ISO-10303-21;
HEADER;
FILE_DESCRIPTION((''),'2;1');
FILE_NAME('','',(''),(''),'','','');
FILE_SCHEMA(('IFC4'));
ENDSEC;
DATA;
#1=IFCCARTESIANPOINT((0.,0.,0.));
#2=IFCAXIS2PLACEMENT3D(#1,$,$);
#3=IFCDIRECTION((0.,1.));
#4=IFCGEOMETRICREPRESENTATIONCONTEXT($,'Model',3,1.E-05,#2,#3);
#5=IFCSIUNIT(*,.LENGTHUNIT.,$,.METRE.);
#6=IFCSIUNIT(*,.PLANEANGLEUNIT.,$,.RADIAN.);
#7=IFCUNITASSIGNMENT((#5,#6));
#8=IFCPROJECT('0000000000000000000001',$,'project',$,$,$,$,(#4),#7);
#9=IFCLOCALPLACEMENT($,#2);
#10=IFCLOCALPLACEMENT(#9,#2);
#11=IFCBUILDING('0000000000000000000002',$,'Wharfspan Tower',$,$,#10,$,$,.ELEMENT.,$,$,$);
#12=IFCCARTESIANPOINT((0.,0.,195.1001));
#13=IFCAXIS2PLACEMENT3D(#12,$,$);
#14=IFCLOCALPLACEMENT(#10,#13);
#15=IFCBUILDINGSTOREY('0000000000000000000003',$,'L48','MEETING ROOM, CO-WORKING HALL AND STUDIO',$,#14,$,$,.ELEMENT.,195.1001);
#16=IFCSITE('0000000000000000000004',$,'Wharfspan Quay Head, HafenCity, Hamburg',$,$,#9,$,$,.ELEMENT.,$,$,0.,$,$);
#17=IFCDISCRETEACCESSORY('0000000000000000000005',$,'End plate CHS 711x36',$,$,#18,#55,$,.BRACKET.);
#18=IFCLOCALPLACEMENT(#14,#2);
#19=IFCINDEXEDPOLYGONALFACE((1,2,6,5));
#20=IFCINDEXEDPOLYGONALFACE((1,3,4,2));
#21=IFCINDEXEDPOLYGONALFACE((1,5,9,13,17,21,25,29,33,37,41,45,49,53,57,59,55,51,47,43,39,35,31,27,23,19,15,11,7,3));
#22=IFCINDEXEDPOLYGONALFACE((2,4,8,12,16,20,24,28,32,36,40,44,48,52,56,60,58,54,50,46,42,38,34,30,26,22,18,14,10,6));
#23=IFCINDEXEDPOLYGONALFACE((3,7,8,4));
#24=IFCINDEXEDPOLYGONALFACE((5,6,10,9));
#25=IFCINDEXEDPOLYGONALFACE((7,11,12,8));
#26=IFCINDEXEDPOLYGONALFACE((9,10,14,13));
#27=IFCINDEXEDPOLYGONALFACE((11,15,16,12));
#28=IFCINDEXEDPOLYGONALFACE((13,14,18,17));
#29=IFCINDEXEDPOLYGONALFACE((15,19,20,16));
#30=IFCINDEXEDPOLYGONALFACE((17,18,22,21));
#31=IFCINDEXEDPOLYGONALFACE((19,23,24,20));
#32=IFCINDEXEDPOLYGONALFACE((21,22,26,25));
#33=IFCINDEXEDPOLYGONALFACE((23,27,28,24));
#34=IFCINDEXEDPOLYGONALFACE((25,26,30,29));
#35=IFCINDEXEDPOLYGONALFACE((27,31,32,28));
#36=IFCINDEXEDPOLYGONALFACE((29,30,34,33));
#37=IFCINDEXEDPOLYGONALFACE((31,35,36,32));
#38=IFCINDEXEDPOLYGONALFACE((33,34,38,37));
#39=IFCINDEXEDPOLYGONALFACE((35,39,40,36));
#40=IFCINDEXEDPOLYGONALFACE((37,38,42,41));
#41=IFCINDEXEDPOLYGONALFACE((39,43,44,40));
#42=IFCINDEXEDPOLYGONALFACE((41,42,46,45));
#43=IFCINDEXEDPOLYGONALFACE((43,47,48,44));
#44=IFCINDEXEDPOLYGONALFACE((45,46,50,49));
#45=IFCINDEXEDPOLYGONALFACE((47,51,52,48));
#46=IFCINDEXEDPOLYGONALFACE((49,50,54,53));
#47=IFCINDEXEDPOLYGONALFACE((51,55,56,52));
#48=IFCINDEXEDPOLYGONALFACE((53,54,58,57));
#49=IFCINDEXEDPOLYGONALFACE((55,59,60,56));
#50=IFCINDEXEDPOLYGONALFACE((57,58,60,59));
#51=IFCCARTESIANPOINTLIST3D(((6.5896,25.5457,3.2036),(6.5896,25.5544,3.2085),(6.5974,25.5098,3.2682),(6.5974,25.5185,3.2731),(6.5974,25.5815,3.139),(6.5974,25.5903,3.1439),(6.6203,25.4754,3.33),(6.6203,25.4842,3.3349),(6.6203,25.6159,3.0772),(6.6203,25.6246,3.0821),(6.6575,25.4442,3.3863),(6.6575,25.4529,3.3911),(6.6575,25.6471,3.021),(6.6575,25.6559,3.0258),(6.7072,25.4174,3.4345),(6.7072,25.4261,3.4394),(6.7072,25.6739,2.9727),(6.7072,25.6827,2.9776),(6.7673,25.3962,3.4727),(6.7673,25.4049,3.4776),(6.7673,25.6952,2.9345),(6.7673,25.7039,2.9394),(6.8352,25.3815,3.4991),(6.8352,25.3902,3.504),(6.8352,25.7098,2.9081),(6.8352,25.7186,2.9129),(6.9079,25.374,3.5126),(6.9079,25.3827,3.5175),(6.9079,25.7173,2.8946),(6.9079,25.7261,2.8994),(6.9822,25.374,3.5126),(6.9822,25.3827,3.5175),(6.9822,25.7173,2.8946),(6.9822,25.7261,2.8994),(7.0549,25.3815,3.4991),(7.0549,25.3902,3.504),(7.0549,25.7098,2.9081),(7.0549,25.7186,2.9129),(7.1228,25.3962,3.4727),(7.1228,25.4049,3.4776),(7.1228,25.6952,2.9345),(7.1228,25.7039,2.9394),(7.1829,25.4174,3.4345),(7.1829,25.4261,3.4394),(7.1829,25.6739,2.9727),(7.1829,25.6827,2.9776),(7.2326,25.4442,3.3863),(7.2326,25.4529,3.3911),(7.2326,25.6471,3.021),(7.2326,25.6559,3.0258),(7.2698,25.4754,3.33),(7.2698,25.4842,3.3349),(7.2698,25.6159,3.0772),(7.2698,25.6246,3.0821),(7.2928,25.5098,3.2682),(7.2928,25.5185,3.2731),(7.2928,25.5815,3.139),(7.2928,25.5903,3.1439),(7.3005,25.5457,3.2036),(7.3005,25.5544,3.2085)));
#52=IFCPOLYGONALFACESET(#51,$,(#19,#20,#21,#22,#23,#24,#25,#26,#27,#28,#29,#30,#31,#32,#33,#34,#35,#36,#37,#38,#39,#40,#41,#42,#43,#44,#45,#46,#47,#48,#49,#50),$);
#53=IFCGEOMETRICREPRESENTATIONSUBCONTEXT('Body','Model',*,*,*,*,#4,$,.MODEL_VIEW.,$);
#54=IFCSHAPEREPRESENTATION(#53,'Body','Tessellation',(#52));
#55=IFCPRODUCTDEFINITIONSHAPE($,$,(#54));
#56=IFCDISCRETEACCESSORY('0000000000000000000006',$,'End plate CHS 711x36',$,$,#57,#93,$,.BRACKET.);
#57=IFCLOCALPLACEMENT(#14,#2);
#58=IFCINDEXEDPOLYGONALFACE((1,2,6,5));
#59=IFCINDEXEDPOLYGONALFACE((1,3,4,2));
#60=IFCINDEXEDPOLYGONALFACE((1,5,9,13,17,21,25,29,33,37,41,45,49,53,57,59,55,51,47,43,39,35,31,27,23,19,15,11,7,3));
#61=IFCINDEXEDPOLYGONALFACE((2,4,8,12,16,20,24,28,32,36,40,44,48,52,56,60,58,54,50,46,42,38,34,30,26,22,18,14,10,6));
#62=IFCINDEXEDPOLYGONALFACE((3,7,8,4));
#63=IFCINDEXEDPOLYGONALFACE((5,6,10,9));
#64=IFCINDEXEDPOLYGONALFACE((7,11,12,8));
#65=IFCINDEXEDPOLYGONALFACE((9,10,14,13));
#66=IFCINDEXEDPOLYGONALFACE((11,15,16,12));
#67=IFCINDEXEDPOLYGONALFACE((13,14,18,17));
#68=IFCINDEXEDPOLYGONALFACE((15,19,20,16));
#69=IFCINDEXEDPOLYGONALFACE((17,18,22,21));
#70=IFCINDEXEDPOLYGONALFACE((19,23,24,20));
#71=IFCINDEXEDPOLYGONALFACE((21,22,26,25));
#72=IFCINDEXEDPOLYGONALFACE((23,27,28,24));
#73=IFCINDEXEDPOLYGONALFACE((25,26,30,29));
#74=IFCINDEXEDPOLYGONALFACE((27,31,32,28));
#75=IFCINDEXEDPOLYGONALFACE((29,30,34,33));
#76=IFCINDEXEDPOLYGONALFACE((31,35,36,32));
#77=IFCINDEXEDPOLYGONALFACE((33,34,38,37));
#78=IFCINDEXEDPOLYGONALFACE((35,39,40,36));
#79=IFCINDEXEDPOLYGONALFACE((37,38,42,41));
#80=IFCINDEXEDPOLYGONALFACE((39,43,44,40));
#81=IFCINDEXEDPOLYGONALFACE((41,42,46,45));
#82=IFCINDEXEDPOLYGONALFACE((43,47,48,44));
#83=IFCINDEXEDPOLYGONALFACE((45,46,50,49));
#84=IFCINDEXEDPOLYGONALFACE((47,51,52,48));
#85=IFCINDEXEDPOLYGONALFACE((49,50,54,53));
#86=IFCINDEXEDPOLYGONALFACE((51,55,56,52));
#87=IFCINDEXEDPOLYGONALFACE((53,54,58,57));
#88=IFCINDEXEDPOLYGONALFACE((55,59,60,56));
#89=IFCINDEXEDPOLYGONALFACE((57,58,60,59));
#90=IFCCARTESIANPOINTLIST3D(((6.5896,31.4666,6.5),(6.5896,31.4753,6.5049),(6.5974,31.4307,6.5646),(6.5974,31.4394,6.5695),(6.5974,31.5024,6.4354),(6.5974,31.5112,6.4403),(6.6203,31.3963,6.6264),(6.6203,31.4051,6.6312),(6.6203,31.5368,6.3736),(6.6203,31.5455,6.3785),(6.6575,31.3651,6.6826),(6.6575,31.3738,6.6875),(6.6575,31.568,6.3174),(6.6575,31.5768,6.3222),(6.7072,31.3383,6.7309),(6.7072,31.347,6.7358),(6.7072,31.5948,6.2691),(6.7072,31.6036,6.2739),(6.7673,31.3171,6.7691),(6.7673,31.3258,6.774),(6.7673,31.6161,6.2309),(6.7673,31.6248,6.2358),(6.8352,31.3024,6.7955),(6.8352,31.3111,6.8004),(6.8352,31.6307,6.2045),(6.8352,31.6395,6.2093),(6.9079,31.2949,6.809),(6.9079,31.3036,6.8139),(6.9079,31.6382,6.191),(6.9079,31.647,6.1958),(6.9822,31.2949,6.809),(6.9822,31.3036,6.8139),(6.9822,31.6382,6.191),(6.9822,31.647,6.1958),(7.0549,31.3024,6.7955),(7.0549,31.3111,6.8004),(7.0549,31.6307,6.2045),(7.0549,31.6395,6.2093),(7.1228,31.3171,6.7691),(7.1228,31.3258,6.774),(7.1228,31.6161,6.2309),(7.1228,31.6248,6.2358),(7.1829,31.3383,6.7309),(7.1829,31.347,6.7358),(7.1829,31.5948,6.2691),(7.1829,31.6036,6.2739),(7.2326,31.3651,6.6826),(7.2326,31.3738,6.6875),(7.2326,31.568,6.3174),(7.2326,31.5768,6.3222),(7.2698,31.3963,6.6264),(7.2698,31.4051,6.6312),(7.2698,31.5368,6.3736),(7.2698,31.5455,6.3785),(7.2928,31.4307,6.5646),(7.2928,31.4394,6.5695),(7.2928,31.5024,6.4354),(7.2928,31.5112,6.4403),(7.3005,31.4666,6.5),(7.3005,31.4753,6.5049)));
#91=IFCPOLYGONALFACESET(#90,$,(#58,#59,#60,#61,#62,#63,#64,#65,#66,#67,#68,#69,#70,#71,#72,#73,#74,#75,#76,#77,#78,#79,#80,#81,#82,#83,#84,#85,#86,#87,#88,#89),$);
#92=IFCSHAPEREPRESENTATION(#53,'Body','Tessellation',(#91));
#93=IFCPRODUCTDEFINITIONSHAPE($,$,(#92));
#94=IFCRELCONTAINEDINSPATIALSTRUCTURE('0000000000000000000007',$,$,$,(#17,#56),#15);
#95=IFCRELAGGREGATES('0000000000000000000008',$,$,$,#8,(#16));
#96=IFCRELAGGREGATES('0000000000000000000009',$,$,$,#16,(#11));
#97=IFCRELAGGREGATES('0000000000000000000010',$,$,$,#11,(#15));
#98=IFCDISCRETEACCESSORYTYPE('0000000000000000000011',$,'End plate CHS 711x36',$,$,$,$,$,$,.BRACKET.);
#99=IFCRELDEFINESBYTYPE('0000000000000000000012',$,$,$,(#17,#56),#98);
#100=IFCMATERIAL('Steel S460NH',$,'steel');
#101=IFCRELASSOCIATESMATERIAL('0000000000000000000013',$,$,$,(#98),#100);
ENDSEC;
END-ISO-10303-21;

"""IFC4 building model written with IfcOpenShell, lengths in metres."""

from ifc_helpers import new_model, si_unit, direction, frame, origin, origin_2d, place, context, subcontext, project, spatial, circle, extrude, material, material_profile, profile_set, type_object, element, save


model = new_model("IFC4")

# Units and contexts
model_context = context("Model", 3, precision=1e-05, world=origin(), true_north=direction((0.0, 1.0)))
body_context = subcontext(model_context, "Body", "Model", "MODEL_VIEW")
ifc_project = project(units=[si_unit("LENGTHUNIT", "METRE"), si_unit("PLANEANGLEUNIT", "RADIAN")], contexts=[model_context])

# Site, building, storey
site_placement = place(None, origin())
site = spatial("IfcSite", under=ifc_project, at=site_placement, Name="Wharfspan Quay Head, HafenCity, Hamburg", CompositionType="ELEMENT", RefElevation=0.0)
building_placement = place(site_placement, origin())
building = spatial("IfcBuilding", under=site, at=building_placement, Name="Wharfspan Tower", CompositionType="ELEMENT")
storey_placement = place(building_placement, frame((0.0, 0.0, 195.1001)))
storey = spatial("IfcBuildingStorey", under=building, at=storey_placement, Name="L48", Description="MEETING ROOM, CO-WORKING HALL AND STUDIO", CompositionType="ELEMENT", Elevation=195.1001)

# Shared definitions
ifc_material_1 = material(Name="Steel S460NH", Category="steel")

# Discrete accessories
ifc_material_profile_1 = material_profile(ifc_material_1, circle(Radius=0.3555, at=origin_2d()))
ifc_profile_set_1 = profile_set([ifc_material_profile_1], Name="Steel S460NH")
discrete_accessory_type = type_object("IfcDiscreteAccessoryType", Name="End plate CHS 711x36", PredefinedType="BRACKET", material=ifc_profile_set_1)
for number, where, z_axis, x_axis, name in (
    (1, (6.9451, 25.5457, 3.2036), (0.0, 0.874157, 0.485643), (-1.0, 0.0, 0.0), "End plate CHS 711x36"),
    (2, (6.9451, 31.4666, 6.5), (0.0, 0.874157, 0.485643), (-1.0, 0.0, 0.0), "End plate CHS 711x36"),
):
    element("IfcDiscreteAccessory", number, at=place(storey_placement, frame(where, z_axis=z_axis, x_axis=x_axis)), inside=storey, type_object=discrete_accessory_type, Name=name, PredefinedType="BRACKET", context=body_context, shape_type="SweptSolid", body=[
        extrude(circle(Radius=0.3555, at=origin_2d()), origin(), (0.0, 0.0, 1.0), 0.01),
    ])

save(model, "model.ifc")
